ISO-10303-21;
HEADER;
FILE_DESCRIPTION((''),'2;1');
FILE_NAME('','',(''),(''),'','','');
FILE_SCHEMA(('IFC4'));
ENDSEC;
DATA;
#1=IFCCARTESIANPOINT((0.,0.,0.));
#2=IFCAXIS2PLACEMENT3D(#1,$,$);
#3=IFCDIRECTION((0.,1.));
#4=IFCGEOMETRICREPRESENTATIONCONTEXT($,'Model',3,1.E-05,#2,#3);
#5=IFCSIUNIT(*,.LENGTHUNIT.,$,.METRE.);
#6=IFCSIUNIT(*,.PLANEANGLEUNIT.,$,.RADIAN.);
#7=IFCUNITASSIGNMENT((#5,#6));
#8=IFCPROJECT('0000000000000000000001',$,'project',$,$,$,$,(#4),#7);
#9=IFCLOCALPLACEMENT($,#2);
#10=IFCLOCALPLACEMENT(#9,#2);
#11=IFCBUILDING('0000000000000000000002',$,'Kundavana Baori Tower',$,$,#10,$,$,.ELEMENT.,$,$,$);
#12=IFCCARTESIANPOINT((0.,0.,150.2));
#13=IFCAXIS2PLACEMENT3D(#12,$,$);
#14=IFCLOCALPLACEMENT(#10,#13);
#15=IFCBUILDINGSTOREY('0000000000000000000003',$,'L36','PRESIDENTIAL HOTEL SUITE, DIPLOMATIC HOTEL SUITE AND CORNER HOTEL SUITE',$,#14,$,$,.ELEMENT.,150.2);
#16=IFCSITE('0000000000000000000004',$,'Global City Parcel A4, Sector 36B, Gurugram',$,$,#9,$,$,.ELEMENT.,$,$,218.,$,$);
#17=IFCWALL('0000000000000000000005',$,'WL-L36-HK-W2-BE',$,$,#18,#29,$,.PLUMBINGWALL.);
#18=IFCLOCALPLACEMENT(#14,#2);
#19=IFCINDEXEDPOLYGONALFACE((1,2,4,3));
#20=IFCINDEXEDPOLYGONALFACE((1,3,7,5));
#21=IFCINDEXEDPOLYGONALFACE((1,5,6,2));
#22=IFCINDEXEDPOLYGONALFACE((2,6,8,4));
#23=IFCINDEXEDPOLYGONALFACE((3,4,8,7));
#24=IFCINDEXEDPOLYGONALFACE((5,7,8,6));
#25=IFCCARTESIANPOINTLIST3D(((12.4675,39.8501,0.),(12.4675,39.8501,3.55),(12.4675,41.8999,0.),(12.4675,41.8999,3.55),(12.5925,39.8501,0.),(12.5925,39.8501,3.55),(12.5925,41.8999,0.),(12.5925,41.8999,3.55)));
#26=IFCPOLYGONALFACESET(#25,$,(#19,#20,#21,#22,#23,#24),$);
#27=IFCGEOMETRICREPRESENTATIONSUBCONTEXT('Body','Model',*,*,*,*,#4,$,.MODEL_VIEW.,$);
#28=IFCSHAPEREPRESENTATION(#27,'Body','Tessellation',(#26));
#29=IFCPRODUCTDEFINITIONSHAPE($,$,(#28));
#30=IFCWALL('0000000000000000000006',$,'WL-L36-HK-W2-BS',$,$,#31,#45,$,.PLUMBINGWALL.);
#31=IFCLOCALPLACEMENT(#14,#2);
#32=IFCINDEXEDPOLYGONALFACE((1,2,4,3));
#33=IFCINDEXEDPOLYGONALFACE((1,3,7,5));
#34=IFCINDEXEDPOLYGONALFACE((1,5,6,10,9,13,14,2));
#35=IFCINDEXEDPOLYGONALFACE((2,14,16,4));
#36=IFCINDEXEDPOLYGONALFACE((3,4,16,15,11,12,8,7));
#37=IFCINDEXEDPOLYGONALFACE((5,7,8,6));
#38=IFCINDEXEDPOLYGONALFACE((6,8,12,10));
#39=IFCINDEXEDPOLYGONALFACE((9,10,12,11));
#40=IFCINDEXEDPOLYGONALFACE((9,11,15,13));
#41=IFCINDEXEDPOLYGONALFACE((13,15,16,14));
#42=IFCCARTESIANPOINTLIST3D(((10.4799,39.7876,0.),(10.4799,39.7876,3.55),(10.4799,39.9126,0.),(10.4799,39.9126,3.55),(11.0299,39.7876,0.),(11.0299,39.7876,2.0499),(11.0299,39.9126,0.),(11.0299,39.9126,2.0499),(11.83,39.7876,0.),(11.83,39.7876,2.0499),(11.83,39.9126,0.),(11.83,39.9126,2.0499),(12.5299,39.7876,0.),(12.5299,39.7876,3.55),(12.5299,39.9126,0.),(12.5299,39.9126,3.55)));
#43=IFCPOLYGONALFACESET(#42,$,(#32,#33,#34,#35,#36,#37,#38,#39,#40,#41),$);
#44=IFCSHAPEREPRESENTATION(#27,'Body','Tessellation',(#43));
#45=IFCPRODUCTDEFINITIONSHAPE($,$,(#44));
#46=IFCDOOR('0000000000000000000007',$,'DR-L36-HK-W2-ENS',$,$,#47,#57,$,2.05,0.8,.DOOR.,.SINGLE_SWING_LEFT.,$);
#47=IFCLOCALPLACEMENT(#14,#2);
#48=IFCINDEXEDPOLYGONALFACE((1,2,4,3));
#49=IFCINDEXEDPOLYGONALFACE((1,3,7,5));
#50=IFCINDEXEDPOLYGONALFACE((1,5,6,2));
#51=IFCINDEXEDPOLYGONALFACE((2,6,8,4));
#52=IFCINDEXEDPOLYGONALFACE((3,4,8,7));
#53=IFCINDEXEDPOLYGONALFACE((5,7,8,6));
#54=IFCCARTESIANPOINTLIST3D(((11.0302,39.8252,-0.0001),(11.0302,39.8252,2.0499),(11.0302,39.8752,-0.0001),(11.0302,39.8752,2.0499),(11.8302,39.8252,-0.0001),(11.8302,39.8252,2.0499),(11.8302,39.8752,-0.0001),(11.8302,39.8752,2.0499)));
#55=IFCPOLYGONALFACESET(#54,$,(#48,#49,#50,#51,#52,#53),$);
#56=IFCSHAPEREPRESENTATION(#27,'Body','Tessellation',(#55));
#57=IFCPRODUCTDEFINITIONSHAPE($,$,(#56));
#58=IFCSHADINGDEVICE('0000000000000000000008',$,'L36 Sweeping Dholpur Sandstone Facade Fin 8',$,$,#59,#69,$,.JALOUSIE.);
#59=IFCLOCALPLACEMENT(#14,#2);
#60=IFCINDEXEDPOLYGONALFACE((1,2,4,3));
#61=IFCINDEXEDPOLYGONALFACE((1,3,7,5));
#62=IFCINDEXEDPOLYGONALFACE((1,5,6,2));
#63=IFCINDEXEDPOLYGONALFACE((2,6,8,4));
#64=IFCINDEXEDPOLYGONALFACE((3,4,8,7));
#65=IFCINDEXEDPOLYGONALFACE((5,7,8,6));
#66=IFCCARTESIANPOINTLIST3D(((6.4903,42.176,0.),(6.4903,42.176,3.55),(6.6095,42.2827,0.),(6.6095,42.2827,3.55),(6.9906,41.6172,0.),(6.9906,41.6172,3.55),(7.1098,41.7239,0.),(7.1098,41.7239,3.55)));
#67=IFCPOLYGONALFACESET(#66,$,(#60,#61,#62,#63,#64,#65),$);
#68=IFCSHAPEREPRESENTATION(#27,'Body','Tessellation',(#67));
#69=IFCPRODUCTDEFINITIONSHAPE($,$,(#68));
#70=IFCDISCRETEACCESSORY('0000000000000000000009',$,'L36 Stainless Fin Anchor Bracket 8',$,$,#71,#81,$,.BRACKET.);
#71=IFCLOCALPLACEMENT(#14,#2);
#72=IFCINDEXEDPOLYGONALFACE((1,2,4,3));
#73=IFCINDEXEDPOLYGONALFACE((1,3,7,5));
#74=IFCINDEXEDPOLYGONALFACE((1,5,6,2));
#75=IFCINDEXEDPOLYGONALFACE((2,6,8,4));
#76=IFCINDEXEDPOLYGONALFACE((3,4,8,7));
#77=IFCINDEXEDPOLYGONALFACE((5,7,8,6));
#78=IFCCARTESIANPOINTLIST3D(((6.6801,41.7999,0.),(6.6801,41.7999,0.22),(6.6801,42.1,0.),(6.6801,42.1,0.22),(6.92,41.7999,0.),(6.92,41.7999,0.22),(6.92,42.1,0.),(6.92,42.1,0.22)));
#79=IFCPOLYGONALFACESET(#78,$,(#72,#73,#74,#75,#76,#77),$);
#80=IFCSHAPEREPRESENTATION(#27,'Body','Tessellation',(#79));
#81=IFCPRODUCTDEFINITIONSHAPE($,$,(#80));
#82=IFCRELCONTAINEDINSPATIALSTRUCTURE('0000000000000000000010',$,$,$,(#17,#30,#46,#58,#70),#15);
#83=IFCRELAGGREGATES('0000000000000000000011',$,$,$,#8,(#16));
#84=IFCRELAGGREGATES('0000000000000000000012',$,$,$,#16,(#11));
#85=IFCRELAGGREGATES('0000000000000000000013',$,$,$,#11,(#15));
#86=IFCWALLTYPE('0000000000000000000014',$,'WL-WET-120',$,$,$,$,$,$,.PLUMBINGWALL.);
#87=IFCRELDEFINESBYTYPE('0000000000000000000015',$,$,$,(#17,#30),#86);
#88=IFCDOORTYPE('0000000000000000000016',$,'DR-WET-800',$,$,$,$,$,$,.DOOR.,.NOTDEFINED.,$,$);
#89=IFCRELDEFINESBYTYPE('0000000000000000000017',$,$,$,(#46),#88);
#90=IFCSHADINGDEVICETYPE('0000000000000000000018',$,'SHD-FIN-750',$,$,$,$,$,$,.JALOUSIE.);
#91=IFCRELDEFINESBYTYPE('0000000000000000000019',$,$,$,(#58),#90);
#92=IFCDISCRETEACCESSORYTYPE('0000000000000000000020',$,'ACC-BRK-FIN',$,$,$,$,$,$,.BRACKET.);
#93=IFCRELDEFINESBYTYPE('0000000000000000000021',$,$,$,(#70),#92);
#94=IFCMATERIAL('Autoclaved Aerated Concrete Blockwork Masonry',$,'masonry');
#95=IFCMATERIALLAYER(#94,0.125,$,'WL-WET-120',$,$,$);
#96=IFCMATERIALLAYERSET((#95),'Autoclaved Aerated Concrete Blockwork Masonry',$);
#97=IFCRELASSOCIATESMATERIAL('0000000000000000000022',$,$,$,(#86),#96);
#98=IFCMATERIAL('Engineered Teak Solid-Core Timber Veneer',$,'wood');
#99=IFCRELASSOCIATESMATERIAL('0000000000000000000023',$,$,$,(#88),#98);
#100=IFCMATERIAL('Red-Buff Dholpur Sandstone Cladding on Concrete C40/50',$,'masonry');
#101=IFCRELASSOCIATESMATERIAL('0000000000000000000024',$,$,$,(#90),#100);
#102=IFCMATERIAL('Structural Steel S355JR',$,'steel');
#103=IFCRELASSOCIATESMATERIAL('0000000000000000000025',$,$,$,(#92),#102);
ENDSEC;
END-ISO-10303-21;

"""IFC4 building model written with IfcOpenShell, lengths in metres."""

from ifc_helpers import new_model, si_unit, direction, frame, frame_2d, origin, origin_2d, place, context, subcontext, project, spatial, rectangle, extrude, material, layer, layer_set, type_object, element, fill, save


model = new_model("IFC4")

# Units and contexts
model_context = context("Model", 3, precision=1e-05, world=origin(), true_north=direction((0.0, 1.0)))
body_context = subcontext(model_context, "Body", "Model", "MODEL_VIEW")
ifc_project = project(units=[si_unit("LENGTHUNIT", "METRE"), si_unit("PLANEANGLEUNIT", "RADIAN")], contexts=[model_context])

# Site, building, storey
site_placement = place(None, origin())
site = spatial("IfcSite", under=ifc_project, at=site_placement, Name="Global City Parcel A4, Sector 36B, Gurugram", CompositionType="ELEMENT", RefElevation=218.0)
building_placement = place(site_placement, origin())
building = spatial("IfcBuilding", under=site, at=building_placement, Name="Kundavana Baori Tower", CompositionType="ELEMENT")
storey_placement = place(building_placement, frame((0.0, 0.0, 150.2)))
storey = spatial("IfcBuildingStorey", under=building, at=storey_placement, Name="L36", Description="PRESIDENTIAL HOTEL SUITE, DIPLOMATIC HOTEL SUITE AND CORNER HOTEL SUITE", CompositionType="ELEMENT", Elevation=150.2)

# Wall
ifc_material_1 = material(Name="Autoclaved Aerated Concrete Blockwork Masonry", Category="masonry")
ifc_layer_1 = layer(ifc_material_1, 0.125, Name="WL-WET-120")
ifc_layer_set_1 = layer_set([ifc_layer_1], Name="Autoclaved Aerated Concrete Blockwork Masonry")
wall_type_1 = type_object("IfcWallType", Name="WL-WET-120", PredefinedType="PLUMBINGWALL", material=ifc_layer_set_1)
wall_1_placement = place(storey_placement, frame((12.53, 39.8501, 0.0), z_axis=(0.0, 0.0, 1.0), x_axis=(0.0, 1.0, 0.0)))
element("IfcWall", 1, at=wall_1_placement, inside=storey, type_object=wall_type_1, Name="WL-L36-HK-W2-BE", PredefinedType="PLUMBINGWALL", context=body_context, shape_type="SweptSolid", body=[
    extrude(rectangle(XDim=2.0498, YDim=0.125, at=frame_2d((1.0249, 0.0))), origin(), (0.0, 0.0, 1.0), 3.55),
])

# Wall, opening, door
wall_2_placement = place(storey_placement, frame((10.48, 39.8501, 0.0), z_axis=(0.0, 0.0, 1.0), x_axis=(1.0, 0.0, 0.0)))
wall_2 = element("IfcWall", 2, at=wall_2_placement, inside=storey, type_object=wall_type_1, Name="WL-L36-HK-W2-BS", PredefinedType="PLUMBINGWALL", context=body_context, shape_type="SweptSolid", body=[
    extrude(rectangle(XDim=2.05, YDim=0.125, at=frame_2d((1.0249, 0.0))), origin(), (0.0, 0.0, 1.0), 3.55),
])
opening_1_placement = place(wall_2_placement, frame((0.55, 0.0, 0.0)))
opening_1 = element("IfcOpeningElement", 3, at=opening_1_placement, cuts=wall_2, PredefinedType="OPENING", context=body_context, shape_type="SweptSolid", body=[
    extrude(rectangle(XDim=0.8, YDim=2.05, at=frame_2d((0.3999, 1.0249))), frame((0.0, 0.0725, 0.0), z_axis=(0.0, -1.0, 0.0), x_axis=(1.0, 0.0, 0.0)), (0.0, 0.0, 1.0), 0.145),
])
ifc_material_2 = material(Name="Engineered Teak Solid-Core Timber Veneer", Category="wood")
door_type_1 = type_object("IfcDoorType", Name="DR-WET-800", OperationType="NOTDEFINED", PredefinedType="DOOR", material=ifc_material_2)
door_1_placement = place(opening_1_placement, frame((0.8, 0.0, 0.0), z_axis=(0.0, 0.0, 1.0), x_axis=(-1.0, 0.0, 0.0)))
door_1 = element("IfcDoor", 4, at=door_1_placement, inside=storey, type_object=door_type_1, Name="DR-L36-HK-W2-ENS", OperationType="SINGLE_SWING_LEFT", OverallHeight=2.05, OverallWidth=0.8, PredefinedType="DOOR", context=body_context, shape_type="SweptSolid", body=[
    extrude(rectangle(XDim=0.8, YDim=2.05, at=frame_2d((0.3999, 1.0249))), frame((0.0, 0.0249, 0.0), z_axis=(0.0, -1.0, 0.0), x_axis=(1.0, 0.0, 0.0)), (0.0, 0.0, 1.0), 0.05),
])
fill(opening_1, door_1)

# Shading device
ifc_material_3 = material(Name="Red-Buff Dholpur Sandstone Cladding on Concrete C40/50", Category="masonry")
shading_device_type = type_object("IfcShadingDeviceType", Name="SHD-FIN-750", PredefinedType="JALOUSIE", material=ifc_material_3)
shading_device_placement = place(storey_placement, frame((6.8, 41.95, 0.0), z_axis=(0.0, 0.0, 1.0), x_axis=(0.74501, 0.667053, 0.0)))
element("IfcShadingDevice", 5, at=shading_device_placement, inside=storey, type_object=shading_device_type, Name="L36 Sweeping Dholpur Sandstone Facade Fin 8", PredefinedType="JALOUSIE", context=body_context, shape_type="SweptSolid", body=[
    extrude(rectangle(XDim=0.1599, YDim=0.75, at=origin_2d()), origin(), (0.0, 0.0, 1.0), 3.55),
])

# Discrete accessory
ifc_material_4 = material(Name="Structural Steel S355JR", Category="steel")
discrete_accessory_type = type_object("IfcDiscreteAccessoryType", Name="ACC-BRK-FIN", PredefinedType="BRACKET", material=ifc_material_4)
discrete_accessory_placement = place(storey_placement, frame((6.8, 41.95, 0.0), z_axis=(0.0, 0.0, 1.0), x_axis=(1.0, 0.0, 0.0)))
element("IfcDiscreteAccessory", 6, at=discrete_accessory_placement, inside=storey, type_object=discrete_accessory_type, Name="L36 Stainless Fin Anchor Bracket 8", PredefinedType="BRACKET", context=body_context, shape_type="SweptSolid", body=[
    extrude(rectangle(XDim=0.24, YDim=0.3, at=origin_2d()), origin(), (0.0, 0.0, 1.0), 0.22),
])

save(model, "model.ifc")
